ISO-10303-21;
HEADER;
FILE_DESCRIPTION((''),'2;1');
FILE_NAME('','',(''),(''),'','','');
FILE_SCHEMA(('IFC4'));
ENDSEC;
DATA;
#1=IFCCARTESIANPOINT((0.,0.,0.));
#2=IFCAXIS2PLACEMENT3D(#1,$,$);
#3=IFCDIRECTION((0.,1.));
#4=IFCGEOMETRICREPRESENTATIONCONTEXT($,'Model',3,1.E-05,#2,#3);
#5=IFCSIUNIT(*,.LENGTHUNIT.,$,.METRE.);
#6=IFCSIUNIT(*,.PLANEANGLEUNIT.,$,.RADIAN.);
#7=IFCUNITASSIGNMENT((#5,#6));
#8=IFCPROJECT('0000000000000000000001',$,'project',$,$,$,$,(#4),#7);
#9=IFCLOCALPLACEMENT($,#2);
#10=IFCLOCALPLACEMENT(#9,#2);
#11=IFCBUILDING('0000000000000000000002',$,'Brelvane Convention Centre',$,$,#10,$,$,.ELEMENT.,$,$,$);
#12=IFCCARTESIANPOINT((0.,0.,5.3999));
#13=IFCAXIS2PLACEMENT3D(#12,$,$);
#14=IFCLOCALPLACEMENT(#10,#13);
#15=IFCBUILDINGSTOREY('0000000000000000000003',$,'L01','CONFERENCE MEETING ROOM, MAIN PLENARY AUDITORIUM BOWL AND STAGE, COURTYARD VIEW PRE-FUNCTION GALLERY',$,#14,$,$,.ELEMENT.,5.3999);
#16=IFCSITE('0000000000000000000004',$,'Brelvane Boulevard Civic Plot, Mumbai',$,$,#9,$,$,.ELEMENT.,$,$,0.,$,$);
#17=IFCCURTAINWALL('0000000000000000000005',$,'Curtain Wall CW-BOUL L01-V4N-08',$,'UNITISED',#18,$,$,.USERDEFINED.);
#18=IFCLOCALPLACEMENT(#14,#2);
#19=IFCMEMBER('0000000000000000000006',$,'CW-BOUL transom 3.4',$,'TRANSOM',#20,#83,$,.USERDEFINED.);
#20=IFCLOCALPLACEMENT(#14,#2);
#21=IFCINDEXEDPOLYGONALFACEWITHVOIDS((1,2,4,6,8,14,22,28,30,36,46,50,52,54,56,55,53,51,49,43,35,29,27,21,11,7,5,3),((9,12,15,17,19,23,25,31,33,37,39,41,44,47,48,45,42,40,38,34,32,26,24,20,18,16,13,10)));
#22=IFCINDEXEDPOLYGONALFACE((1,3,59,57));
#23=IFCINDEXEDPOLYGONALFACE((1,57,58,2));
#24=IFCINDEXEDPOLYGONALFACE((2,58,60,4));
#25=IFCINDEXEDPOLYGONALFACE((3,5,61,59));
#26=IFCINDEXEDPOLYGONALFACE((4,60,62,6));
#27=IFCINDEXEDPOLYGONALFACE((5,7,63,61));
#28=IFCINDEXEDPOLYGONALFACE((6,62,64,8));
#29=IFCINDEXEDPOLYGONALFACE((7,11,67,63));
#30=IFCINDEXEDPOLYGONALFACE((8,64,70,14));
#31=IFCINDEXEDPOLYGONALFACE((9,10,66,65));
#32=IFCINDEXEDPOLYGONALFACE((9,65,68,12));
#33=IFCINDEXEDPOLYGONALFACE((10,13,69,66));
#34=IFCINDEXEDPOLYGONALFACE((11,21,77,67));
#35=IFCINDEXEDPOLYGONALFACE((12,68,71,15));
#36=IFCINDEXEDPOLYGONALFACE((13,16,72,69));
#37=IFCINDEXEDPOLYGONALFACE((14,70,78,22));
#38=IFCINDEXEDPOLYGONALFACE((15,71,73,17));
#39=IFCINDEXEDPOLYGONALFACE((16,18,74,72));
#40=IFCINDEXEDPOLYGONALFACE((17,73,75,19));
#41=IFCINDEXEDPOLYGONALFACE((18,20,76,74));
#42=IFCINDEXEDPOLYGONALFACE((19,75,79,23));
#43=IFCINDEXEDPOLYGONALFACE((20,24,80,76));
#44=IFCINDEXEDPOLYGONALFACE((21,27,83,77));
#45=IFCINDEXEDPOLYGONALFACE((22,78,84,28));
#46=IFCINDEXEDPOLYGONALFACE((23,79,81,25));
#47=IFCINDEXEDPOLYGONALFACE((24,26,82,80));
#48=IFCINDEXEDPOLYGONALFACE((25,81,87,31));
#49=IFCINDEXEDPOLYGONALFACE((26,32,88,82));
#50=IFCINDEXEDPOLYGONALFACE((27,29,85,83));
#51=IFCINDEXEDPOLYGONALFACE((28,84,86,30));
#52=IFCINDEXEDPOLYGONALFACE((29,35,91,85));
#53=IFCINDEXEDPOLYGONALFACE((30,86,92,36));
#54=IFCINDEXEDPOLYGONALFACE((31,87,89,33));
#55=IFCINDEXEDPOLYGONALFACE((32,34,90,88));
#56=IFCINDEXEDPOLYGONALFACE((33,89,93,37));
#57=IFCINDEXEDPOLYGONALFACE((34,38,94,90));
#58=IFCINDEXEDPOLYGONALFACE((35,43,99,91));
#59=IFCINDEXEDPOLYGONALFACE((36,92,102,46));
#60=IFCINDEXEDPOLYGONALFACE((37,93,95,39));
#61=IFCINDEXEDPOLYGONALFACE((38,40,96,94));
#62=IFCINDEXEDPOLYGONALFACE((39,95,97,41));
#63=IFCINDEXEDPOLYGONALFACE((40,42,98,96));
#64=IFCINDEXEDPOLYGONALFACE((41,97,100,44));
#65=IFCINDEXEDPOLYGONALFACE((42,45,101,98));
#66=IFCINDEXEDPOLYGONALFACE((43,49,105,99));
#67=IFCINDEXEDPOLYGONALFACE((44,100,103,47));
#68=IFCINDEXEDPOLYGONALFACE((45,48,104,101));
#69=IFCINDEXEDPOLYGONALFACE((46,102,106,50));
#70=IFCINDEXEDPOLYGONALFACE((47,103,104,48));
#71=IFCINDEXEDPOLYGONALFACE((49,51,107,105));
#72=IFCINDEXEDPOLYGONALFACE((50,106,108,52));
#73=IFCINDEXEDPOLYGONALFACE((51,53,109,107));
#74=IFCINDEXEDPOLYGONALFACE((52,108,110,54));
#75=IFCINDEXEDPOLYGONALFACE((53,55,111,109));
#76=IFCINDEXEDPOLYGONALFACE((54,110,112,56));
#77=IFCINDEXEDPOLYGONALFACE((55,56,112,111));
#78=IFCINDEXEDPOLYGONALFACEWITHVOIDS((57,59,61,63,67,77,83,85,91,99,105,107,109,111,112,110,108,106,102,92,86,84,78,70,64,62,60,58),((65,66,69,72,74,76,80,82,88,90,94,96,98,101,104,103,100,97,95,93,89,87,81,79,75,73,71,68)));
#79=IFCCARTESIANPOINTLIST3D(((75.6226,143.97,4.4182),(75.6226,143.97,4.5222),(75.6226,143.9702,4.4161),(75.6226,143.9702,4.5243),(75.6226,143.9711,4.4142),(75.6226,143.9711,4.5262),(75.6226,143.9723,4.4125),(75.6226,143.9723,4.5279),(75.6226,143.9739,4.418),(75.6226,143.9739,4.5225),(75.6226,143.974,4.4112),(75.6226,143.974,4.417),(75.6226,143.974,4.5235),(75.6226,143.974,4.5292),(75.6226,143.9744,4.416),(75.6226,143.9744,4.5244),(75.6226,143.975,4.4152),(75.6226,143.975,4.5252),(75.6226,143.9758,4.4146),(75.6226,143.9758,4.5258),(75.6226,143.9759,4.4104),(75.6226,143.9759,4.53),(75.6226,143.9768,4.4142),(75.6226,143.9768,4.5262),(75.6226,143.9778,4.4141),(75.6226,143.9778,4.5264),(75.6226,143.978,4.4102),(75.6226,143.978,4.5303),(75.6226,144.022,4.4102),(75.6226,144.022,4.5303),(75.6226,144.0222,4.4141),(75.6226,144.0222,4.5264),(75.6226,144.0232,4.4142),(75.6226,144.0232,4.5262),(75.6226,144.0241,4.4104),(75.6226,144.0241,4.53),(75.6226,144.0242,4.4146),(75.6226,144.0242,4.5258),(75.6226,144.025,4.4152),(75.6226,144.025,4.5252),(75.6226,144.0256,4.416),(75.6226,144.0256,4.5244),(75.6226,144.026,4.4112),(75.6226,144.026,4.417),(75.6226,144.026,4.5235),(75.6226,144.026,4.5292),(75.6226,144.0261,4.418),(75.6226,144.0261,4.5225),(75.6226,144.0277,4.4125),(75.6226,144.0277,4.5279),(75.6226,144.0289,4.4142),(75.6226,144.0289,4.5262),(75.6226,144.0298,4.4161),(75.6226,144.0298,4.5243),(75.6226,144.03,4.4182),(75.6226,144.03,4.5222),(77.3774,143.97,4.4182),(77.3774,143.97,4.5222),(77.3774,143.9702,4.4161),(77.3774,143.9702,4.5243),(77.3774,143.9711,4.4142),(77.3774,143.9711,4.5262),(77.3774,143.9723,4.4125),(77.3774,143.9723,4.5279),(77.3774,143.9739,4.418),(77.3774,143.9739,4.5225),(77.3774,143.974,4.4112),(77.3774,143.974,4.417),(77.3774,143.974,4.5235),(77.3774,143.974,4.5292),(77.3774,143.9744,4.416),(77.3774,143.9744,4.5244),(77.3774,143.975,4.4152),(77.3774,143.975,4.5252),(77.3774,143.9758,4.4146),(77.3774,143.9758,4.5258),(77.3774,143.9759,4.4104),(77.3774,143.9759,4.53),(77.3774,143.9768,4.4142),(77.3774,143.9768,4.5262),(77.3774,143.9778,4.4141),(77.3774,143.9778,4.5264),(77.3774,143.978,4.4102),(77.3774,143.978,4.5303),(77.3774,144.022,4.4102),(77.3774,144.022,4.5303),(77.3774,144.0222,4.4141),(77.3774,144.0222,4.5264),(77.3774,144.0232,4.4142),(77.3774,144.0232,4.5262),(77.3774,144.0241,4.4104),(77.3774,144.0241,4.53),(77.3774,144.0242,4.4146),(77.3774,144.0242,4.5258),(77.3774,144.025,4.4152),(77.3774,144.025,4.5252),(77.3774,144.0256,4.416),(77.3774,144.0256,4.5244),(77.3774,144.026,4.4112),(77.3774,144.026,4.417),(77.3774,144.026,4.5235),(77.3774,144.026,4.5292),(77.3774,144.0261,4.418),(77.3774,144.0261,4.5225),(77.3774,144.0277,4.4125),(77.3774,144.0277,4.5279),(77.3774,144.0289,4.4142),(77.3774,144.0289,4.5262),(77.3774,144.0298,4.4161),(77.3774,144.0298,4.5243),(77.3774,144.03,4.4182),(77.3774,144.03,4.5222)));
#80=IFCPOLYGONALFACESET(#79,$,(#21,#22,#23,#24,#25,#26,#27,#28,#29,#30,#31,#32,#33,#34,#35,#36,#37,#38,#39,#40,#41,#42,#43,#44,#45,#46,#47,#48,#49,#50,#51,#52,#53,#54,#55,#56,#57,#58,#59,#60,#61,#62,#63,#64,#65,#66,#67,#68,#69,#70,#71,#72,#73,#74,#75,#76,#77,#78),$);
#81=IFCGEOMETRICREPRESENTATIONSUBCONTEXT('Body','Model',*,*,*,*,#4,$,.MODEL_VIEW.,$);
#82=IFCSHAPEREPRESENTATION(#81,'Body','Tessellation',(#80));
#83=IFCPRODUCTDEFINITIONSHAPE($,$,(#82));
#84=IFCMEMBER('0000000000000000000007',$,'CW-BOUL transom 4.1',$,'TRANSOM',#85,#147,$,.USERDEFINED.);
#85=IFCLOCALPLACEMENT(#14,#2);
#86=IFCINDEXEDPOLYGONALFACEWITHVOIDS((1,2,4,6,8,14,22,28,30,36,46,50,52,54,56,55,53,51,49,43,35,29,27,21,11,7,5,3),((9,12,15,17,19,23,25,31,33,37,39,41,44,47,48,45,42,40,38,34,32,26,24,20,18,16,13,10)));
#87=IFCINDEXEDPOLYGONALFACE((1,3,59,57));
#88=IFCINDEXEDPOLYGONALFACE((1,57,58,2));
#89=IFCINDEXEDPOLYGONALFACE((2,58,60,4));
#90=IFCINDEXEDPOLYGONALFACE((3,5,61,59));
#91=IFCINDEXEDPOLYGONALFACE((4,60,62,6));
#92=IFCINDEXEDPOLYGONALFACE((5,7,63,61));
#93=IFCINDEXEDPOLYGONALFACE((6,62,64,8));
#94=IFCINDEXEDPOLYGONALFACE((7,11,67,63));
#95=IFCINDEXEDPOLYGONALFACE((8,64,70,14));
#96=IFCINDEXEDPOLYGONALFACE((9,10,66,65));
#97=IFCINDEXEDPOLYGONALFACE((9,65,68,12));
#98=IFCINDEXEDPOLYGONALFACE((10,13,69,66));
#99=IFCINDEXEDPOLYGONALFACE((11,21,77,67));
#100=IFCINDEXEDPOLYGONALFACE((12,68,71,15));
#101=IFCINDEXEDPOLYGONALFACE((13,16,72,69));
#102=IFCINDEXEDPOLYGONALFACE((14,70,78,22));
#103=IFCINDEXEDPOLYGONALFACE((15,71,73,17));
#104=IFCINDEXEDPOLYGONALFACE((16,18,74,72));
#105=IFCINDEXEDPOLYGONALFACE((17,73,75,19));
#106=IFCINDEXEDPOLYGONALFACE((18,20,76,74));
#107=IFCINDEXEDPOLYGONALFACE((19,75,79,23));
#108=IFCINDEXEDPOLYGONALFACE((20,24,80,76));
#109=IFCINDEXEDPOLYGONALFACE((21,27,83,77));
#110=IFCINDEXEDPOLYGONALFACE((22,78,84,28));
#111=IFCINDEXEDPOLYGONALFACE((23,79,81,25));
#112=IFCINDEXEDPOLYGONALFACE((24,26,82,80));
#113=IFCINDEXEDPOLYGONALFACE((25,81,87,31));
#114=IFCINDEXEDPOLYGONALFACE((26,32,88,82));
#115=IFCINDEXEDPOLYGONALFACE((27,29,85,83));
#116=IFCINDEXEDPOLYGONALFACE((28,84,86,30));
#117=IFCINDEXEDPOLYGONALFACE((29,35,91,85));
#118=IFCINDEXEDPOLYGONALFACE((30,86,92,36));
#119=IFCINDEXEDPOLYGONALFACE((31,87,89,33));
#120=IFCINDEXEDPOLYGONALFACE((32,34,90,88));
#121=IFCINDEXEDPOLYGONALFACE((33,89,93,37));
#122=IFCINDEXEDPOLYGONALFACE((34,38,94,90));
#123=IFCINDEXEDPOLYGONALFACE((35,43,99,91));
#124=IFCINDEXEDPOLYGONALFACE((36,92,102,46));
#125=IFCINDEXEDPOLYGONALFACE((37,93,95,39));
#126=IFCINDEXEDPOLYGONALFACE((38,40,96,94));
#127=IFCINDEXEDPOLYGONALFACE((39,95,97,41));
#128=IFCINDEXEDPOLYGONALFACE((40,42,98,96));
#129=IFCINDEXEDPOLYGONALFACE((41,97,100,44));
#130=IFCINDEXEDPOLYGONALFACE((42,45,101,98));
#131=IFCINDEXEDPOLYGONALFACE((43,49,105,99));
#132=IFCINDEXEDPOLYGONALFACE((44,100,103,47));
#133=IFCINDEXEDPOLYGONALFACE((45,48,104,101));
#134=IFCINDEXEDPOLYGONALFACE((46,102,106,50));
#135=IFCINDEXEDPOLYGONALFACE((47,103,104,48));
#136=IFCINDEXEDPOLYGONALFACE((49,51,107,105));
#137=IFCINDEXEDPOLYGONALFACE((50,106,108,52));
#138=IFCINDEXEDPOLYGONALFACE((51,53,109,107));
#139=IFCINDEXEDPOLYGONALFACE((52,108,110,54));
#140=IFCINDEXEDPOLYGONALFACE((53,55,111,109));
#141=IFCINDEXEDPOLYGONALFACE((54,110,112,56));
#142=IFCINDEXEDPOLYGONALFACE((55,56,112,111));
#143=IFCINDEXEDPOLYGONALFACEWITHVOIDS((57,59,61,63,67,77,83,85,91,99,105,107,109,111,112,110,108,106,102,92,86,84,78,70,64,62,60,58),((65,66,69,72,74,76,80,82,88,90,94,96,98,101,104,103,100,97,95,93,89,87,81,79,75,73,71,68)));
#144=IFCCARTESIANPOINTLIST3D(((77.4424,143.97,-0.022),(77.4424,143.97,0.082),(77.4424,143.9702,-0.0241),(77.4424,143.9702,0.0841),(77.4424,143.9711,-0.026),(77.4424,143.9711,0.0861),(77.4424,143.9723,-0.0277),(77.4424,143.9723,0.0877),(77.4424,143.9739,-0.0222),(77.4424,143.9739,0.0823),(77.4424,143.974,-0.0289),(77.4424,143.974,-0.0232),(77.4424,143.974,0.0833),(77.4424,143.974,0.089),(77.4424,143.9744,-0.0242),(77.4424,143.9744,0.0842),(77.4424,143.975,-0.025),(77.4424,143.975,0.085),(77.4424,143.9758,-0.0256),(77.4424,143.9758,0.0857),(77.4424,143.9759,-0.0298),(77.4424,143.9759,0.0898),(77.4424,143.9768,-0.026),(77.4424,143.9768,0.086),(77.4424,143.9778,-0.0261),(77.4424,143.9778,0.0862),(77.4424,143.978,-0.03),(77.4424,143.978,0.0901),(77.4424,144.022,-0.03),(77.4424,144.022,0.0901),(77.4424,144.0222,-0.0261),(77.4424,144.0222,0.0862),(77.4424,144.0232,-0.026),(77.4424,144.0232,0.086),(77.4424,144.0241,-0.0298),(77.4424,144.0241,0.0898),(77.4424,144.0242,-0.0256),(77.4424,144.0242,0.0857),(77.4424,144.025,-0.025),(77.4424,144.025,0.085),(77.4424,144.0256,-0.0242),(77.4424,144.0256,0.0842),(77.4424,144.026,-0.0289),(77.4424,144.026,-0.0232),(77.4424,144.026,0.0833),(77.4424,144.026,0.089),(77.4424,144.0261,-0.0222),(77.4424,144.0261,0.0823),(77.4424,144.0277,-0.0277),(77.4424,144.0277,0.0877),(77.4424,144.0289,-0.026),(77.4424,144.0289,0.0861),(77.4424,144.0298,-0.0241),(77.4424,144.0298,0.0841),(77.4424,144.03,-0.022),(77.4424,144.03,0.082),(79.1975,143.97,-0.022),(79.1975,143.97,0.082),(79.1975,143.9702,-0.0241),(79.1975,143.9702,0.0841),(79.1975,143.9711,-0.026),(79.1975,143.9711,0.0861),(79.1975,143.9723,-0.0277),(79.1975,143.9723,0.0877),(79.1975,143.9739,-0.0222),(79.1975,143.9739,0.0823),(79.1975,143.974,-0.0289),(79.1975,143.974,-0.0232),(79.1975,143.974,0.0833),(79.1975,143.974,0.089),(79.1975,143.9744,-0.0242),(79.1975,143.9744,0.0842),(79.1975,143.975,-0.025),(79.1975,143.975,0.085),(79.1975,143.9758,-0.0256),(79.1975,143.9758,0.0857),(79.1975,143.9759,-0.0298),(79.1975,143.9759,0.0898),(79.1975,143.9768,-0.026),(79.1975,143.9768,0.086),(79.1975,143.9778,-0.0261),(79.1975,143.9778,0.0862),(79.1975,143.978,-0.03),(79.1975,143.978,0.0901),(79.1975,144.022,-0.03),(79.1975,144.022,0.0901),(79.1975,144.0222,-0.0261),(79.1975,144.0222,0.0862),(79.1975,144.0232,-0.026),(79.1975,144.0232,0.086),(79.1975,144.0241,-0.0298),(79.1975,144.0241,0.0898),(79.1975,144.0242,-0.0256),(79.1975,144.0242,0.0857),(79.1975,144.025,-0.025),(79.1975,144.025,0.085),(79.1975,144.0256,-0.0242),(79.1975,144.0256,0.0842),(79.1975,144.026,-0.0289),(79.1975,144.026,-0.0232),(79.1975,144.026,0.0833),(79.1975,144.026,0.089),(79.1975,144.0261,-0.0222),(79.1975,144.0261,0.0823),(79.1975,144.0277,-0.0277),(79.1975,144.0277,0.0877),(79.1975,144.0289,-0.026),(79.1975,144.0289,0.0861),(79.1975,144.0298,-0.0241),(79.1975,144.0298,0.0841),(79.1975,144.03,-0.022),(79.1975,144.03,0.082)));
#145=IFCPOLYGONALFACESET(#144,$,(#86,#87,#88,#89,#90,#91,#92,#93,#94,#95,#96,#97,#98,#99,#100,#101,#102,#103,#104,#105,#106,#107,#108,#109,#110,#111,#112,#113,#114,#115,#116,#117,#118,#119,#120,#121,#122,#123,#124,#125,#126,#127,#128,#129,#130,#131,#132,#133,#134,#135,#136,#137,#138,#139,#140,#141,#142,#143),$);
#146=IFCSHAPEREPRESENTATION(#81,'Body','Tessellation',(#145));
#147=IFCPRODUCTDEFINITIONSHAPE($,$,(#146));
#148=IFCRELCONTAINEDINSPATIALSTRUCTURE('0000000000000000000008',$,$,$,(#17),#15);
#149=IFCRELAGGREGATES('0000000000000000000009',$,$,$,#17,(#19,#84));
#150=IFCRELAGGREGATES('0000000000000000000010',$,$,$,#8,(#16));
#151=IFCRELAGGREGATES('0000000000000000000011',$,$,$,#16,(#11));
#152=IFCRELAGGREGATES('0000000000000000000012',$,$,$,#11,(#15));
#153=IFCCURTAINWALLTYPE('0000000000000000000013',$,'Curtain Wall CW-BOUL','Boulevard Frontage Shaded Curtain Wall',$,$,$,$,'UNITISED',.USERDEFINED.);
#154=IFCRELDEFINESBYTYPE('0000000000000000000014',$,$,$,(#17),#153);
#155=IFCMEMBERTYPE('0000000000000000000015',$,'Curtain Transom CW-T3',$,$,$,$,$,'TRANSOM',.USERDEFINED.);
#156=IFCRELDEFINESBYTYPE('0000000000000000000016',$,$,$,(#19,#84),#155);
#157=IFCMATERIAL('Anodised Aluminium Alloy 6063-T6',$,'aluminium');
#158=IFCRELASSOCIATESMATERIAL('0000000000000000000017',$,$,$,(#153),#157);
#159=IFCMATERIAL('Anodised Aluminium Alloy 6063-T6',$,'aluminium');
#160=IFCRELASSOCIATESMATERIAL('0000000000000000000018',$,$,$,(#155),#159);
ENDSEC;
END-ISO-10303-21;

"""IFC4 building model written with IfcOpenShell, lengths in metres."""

from ifc_helpers import new_model, si_unit, direction, frame, origin, origin_2d, place, context, subcontext, project, spatial, hollow_rectangle, extrude, material, material_profile, profile_set, type_object, element, aggregate, save


model = new_model("IFC4")

# Units and contexts
model_context = context("Model", 3, precision=1e-05, world=origin(), true_north=direction((0.0, 1.0)))
body_context = subcontext(model_context, "Body", "Model", "MODEL_VIEW")
ifc_project = project(units=[si_unit("LENGTHUNIT", "METRE"), si_unit("PLANEANGLEUNIT", "RADIAN")], contexts=[model_context])

# Site, building, storey
site_placement = place(None, origin())
site = spatial("IfcSite", under=ifc_project, at=site_placement, Name="Brelvane Boulevard Civic Plot, Mumbai", CompositionType="ELEMENT", RefElevation=0.0)
building_placement = place(site_placement, origin())
building = spatial("IfcBuilding", under=site, at=building_placement, Name="Brelvane Convention Centre", CompositionType="ELEMENT")
storey_placement = place(building_placement, frame((0.0, 0.0, 5.3999)))
storey = spatial("IfcBuildingStorey", under=building, at=storey_placement, Name="L01", Description="CONFERENCE MEETING ROOM, MAIN PLENARY AUDITORIUM BOWL AND STAGE, COURTYARD VIEW PRE-FUNCTION GALLERY", CompositionType="ELEMENT", Elevation=5.3999)

# Curtain wall, members
ifc_material_1 = material(Name="Anodised Aluminium Alloy 6063-T6", Category="aluminium")
curtain_wall_type = type_object("IfcCurtainWallType", Name="Curtain Wall CW-BOUL", Description="Boulevard Frontage Shaded Curtain Wall", ElementType="UNITISED", PredefinedType="USERDEFINED", material=ifc_material_1)
curtain_wall_placement = place(storey_placement, origin())
curtain_wall = element("IfcCurtainWall", 1, at=curtain_wall_placement, inside=storey, type_object=curtain_wall_type, Name="Curtain Wall CW-BOUL L01-V4N-08", ObjectType="UNITISED", PredefinedType="USERDEFINED")
ifc_material_2 = material(Name="Anodised Aluminium Alloy 6063-T6", Category="aluminium")
ifc_material_profile_1 = material_profile(ifc_material_2, hollow_rectangle(XDim=0.0601, YDim=0.1201, WallThickness=0.0039, InnerFilletRadius=0.0039, OuterFilletRadius=0.0081, at=origin_2d()), Name="ALU-T 120x60x4.0")
ifc_profile_set_1 = profile_set([ifc_material_profile_1], Name="Anodised Aluminium Alloy 6063-T6")
member_type_1 = type_object("IfcMemberType", Name="Curtain Transom CW-T3", ElementType="TRANSOM", PredefinedType="USERDEFINED", material=ifc_profile_set_1)
member_1_placement = place(storey_placement, frame((75.6226, 144.0, 4.4702), z_axis=(1.0, 0.0, 0.0), x_axis=(0.0, 1.0, 0.0)))
member_1 = element("IfcMember", 2, at=member_1_placement, type_object=member_type_1, Name="CW-BOUL transom 3.4", ObjectType="TRANSOM", PredefinedType="USERDEFINED", context=body_context, shape_type="SweptSolid", body=[
    extrude(hollow_rectangle(XDim=0.0601, YDim=0.1201, WallThickness=0.0039, InnerFilletRadius=0.0039, OuterFilletRadius=0.0081, at=origin_2d()), origin(), (0.0, 0.0, 1.0), 1.7549),
])
member_2_placement = place(storey_placement, frame((77.4424, 144.0, 0.03), z_axis=(1.0, 0.0, 0.0), x_axis=(0.0, 1.0, 0.0)))
member_2 = element("IfcMember", 3, at=member_2_placement, type_object=member_type_1, Name="CW-BOUL transom 4.1", ObjectType="TRANSOM", PredefinedType="USERDEFINED", context=body_context, shape_type="SweptSolid", body=[
    extrude(hollow_rectangle(XDim=0.0601, YDim=0.1201, WallThickness=0.0039, InnerFilletRadius=0.0039, OuterFilletRadius=0.0081, at=origin_2d()), origin(), (0.0, 0.0, 1.0), 1.7551),
])

aggregate(curtain_wall, [member_1, member_2])

save(model, "model.ifc")
